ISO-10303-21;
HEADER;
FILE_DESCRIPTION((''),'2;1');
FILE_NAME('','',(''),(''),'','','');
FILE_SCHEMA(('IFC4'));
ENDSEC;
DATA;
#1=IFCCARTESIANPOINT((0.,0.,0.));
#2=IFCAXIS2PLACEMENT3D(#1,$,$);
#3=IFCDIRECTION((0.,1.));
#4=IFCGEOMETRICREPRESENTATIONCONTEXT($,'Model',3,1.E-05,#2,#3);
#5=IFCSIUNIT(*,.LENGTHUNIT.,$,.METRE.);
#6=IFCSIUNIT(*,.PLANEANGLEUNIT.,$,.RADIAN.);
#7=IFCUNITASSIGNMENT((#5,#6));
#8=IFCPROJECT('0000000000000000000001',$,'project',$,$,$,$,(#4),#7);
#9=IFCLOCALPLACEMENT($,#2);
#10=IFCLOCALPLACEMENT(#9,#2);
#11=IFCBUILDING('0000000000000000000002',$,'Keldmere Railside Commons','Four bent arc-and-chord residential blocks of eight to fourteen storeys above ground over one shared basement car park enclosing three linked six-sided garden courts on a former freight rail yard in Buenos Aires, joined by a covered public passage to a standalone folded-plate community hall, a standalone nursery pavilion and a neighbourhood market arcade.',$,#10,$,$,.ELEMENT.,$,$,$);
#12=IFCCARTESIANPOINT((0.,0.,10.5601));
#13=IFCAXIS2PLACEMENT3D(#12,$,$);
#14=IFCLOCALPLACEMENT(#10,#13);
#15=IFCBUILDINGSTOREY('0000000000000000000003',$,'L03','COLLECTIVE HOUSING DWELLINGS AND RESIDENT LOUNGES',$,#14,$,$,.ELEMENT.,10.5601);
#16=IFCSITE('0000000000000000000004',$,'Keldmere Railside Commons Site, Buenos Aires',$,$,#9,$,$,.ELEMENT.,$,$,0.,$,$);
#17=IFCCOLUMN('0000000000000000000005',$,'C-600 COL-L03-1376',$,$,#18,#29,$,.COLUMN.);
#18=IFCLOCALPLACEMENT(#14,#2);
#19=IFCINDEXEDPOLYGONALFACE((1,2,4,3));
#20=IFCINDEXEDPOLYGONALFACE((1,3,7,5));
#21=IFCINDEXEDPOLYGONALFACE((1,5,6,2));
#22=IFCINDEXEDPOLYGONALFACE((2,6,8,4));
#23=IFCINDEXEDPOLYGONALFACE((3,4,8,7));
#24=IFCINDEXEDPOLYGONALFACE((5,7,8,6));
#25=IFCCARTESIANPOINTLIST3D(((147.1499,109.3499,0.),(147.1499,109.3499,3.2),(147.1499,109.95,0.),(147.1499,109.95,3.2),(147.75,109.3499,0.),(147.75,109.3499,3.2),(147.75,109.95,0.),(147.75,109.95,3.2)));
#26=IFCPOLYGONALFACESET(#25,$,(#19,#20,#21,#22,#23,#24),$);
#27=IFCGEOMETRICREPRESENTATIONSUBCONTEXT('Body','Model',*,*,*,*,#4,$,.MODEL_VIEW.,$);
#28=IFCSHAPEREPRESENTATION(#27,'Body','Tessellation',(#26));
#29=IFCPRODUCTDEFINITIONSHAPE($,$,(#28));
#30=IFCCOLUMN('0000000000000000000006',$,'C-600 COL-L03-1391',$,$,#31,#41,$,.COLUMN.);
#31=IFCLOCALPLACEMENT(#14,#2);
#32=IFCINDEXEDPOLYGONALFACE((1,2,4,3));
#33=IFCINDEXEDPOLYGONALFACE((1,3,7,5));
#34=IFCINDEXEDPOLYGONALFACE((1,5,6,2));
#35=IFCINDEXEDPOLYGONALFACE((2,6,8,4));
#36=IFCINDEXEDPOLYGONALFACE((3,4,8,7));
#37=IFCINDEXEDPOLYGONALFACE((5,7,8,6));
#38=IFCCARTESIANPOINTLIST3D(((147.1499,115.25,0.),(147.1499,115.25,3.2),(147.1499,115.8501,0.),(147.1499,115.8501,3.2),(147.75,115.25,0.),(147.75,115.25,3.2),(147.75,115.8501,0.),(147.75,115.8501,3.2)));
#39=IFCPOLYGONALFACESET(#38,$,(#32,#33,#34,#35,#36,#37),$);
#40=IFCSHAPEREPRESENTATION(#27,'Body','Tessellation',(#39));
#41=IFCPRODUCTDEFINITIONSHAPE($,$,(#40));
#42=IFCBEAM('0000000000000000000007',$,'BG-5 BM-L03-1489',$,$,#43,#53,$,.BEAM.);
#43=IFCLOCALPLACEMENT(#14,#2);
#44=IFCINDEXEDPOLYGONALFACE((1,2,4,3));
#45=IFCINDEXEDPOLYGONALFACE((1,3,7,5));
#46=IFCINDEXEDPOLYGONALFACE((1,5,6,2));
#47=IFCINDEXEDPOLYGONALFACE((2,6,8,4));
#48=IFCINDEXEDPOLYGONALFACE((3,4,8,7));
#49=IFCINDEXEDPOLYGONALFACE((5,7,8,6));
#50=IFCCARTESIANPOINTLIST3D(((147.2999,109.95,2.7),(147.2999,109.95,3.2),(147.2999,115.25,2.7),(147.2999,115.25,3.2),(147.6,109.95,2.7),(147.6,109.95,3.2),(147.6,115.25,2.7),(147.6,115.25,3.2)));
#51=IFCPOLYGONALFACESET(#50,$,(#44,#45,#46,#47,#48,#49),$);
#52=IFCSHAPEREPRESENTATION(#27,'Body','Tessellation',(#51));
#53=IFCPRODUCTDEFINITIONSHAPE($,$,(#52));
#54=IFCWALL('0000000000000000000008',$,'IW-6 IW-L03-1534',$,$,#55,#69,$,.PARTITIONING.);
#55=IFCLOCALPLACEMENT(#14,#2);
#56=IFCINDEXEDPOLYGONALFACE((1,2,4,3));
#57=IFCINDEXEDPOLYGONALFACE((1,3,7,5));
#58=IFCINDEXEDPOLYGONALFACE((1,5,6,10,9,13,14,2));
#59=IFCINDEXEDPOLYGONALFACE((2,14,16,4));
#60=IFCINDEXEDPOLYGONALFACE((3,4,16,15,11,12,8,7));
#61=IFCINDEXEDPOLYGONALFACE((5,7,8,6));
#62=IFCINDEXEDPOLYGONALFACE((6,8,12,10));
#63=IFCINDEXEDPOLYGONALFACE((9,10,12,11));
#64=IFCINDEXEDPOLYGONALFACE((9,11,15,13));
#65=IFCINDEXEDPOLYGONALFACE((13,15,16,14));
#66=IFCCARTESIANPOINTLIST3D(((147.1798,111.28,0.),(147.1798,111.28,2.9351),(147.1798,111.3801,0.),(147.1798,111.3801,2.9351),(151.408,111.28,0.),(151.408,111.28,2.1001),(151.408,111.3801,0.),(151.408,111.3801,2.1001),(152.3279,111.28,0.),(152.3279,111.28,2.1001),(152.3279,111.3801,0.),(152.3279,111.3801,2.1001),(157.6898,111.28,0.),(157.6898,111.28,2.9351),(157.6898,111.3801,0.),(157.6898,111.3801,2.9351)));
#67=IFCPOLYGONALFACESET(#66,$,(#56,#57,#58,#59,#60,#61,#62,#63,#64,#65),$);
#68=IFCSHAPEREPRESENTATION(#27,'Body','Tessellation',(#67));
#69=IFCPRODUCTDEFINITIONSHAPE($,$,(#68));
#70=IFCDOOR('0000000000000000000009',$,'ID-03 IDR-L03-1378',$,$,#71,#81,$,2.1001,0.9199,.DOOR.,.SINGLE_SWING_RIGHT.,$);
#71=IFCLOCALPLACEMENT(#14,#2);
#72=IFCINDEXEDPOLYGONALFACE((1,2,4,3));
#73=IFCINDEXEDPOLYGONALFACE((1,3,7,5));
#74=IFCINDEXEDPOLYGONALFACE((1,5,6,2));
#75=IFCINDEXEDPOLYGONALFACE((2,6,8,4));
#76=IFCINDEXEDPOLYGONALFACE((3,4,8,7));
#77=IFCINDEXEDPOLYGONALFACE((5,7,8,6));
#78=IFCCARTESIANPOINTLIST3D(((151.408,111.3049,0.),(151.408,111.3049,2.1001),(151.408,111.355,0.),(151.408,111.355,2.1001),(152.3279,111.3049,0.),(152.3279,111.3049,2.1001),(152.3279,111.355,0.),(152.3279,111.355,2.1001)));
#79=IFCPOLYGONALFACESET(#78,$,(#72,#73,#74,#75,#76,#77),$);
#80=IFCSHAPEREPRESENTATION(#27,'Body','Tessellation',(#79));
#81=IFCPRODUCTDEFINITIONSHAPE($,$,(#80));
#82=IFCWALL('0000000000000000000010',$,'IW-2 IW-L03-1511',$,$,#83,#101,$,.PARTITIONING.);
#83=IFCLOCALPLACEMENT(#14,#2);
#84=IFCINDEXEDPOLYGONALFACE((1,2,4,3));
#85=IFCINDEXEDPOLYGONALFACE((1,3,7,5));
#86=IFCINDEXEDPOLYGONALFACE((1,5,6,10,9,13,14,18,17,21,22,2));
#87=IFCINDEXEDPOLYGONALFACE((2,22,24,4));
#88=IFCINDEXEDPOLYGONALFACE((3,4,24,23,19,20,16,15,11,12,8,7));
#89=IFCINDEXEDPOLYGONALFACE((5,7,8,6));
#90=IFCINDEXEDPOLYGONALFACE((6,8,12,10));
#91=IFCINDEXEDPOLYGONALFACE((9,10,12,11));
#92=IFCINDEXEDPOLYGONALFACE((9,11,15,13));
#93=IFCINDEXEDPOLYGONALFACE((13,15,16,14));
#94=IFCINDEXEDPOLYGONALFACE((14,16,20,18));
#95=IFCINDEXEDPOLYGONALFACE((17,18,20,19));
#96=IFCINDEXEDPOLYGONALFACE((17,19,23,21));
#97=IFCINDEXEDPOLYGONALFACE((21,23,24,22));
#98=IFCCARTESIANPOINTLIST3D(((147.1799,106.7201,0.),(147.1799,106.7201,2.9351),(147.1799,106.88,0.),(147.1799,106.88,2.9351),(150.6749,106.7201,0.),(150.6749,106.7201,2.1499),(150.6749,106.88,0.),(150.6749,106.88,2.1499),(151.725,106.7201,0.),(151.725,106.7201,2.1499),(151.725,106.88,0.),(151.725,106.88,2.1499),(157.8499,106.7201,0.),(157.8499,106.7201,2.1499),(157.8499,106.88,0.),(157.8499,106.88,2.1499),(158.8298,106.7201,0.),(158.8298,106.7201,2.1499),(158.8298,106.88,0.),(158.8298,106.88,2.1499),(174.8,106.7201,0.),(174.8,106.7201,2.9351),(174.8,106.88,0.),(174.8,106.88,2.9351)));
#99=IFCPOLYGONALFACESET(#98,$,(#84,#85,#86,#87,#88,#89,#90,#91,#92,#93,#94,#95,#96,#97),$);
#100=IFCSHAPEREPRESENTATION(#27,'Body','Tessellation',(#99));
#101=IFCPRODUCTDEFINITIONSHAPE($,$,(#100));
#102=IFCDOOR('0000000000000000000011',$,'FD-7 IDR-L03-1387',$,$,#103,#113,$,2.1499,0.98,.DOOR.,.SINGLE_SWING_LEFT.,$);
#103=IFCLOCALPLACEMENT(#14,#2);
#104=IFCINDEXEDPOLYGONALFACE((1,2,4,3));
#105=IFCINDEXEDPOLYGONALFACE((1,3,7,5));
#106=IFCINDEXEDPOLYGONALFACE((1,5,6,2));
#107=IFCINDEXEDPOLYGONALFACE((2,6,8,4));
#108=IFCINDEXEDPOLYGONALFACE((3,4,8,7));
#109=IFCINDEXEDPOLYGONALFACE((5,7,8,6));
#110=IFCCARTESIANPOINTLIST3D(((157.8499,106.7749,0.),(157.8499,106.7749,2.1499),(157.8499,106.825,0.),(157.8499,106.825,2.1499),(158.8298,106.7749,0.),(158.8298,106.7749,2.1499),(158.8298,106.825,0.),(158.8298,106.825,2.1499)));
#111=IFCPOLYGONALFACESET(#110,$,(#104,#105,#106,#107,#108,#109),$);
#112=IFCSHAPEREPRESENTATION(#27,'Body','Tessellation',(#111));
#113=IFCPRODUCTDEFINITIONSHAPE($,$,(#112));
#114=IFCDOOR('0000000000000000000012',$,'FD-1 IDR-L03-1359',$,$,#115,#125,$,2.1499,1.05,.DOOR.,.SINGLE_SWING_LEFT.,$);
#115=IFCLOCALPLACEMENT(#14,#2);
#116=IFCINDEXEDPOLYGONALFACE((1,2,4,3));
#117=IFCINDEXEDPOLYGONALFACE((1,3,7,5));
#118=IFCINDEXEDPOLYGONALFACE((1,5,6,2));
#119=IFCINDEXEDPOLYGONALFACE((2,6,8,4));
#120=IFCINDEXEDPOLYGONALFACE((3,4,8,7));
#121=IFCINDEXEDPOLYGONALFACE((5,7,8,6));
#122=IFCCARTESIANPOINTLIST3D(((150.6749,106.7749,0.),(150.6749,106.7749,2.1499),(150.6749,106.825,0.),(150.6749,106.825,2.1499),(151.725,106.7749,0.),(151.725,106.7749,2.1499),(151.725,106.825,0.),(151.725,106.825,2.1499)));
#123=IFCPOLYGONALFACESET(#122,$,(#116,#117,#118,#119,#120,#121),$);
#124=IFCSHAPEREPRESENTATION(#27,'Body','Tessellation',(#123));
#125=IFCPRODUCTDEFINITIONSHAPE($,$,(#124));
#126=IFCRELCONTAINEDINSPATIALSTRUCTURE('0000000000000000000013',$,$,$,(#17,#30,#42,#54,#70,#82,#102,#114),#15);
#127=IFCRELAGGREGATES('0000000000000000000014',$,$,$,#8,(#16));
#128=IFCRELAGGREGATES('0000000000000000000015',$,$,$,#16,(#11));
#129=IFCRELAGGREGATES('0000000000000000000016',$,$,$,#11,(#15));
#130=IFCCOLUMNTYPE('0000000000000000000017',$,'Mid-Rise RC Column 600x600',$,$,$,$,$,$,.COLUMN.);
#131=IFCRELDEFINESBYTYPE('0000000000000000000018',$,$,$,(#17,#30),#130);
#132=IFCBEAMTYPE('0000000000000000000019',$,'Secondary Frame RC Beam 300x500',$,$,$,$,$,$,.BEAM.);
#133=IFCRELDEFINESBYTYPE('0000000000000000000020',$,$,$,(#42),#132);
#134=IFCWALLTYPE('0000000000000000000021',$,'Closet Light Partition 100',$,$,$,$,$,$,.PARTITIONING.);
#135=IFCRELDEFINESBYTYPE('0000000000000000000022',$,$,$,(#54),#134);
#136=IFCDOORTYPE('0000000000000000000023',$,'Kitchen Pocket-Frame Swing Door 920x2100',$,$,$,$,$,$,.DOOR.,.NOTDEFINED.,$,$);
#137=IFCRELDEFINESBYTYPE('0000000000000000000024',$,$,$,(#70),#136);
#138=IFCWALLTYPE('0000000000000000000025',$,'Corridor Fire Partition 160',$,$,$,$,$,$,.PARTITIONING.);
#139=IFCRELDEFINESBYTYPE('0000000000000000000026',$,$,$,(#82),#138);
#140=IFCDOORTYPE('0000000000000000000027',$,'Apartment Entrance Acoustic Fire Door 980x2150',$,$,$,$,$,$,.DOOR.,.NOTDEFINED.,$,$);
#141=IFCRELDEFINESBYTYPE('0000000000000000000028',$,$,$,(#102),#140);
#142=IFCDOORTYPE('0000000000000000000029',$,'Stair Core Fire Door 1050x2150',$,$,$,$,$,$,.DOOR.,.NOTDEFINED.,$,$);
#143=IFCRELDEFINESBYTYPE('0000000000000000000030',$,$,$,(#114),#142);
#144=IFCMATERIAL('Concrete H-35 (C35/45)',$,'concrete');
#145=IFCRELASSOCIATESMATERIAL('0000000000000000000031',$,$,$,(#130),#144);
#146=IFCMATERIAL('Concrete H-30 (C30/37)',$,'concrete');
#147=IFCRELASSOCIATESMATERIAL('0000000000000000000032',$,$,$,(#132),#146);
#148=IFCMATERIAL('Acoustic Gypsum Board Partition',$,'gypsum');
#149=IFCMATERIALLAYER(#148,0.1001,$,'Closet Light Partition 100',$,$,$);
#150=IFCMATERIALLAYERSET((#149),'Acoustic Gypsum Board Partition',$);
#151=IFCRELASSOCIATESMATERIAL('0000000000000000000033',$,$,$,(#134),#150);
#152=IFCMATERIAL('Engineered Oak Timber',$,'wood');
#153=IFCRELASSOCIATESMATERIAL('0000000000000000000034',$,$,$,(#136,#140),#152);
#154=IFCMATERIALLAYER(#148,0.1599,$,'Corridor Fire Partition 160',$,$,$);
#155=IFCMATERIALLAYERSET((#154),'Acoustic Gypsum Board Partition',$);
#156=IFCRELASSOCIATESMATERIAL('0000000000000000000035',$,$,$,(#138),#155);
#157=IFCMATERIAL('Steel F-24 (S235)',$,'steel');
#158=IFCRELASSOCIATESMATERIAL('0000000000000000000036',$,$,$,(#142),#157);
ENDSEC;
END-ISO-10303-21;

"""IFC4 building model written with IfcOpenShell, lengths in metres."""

from ifc_helpers import new_model, si_unit, direction, frame, frame_2d, origin, origin_2d, place, context, subcontext, project, spatial, rectangle, extrude, material, layer, layer_set, material_profile, profile_set, type_object, element, fill, save


model = new_model("IFC4")

# Units and contexts
model_context = context("Model", 3, precision=1e-05, world=origin(), true_north=direction((0.0, 1.0)))
body_context = subcontext(model_context, "Body", "Model", "MODEL_VIEW")
ifc_project = project(units=[si_unit("LENGTHUNIT", "METRE"), si_unit("PLANEANGLEUNIT", "RADIAN")], contexts=[model_context])

# Site, building, storey
site_placement = place(None, origin())
site = spatial("IfcSite", under=ifc_project, at=site_placement, Name="Keldmere Railside Commons Site, Buenos Aires", CompositionType="ELEMENT", RefElevation=0.0)
building_placement = place(site_placement, origin())
building = spatial("IfcBuilding", under=site, at=building_placement, Name="Keldmere Railside Commons", Description="Four bent arc-and-chord residential blocks of eight to fourteen storeys above ground over one shared basement car park enclosing three linked six-sided garden courts on a former freight rail yard in Buenos Aires, joined by a covered public passage to a standalone folded-plate community hall, a standalone nursery pavilion and a neighbourhood market arcade.", CompositionType="ELEMENT")
storey_placement = place(building_placement, frame((0.0, 0.0, 10.5601)))
storey = spatial("IfcBuildingStorey", under=building, at=storey_placement, Name="L03", Description="COLLECTIVE HOUSING DWELLINGS AND RESIDENT LOUNGES", CompositionType="ELEMENT", Elevation=10.5601)

# Columns
ifc_material_1 = material(Name="Concrete H-35 (C35/45)", Category="concrete")
ifc_material_profile_1 = material_profile(ifc_material_1, rectangle(XDim=0.6001, YDim=0.6001, at=origin_2d()), Name="RC-600x600")
ifc_profile_set_1 = profile_set([ifc_material_profile_1], Name="Concrete H-35 (C35/45)")
column_type = type_object("IfcColumnType", Name="Mid-Rise RC Column 600x600", PredefinedType="COLUMN", material=ifc_profile_set_1)
for number, where, z_axis, x_axis, name in (
    (1, (147.45, 109.6499, 0.0), (0.0, 0.0, 1.0), (1.0, 0.0, 0.0), "C-600 COL-L03-1376"),
    (2, (147.45, 115.55, 0.0), (0.0, 0.0, 1.0), (1.0, 0.0, 0.0), "C-600 COL-L03-1391"),
):
    element("IfcColumn", number, at=place(storey_placement, frame(where, z_axis=z_axis, x_axis=x_axis)), inside=storey, type_object=column_type, Name=name, PredefinedType="COLUMN", context=body_context, shape_type="SweptSolid", body=[
        extrude(rectangle(XDim=0.6001, YDim=0.6001, at=origin_2d()), origin(), (0.0, 0.0, 1.0), 3.2),
    ])

# Beam
ifc_material_2 = material(Name="Concrete H-30 (C30/37)", Category="concrete")
ifc_material_profile_2 = material_profile(ifc_material_2, rectangle(XDim=0.3, YDim=0.5, at=origin_2d()), Name="RC-300x500")
ifc_profile_set_2 = profile_set([ifc_material_profile_2], Name="Concrete H-30 (C30/37)")
beam_type = type_object("IfcBeamType", Name="Secondary Frame RC Beam 300x500", PredefinedType="BEAM", material=ifc_profile_set_2)
beam_placement = place(storey_placement, frame((147.45, 109.95, 2.95), z_axis=(0.0, 1.0, 0.0), x_axis=(-1.0, 0.0, 0.0)))
element("IfcBeam", 3, at=beam_placement, inside=storey, type_object=beam_type, Name="BG-5 BM-L03-1489", PredefinedType="BEAM", context=body_context, shape_type="SweptSolid", body=[
    extrude(rectangle(XDim=0.3, YDim=0.5, at=origin_2d()), origin(), (0.0, 0.0, 1.0), 5.3),
])

# Wall, opening, door
ifc_material_3 = material(Name="Acoustic Gypsum Board Partition", Category="gypsum")
ifc_layer_1 = layer(ifc_material_3, 0.1001, Name="Closet Light Partition 100")
ifc_layer_set_1 = layer_set([ifc_layer_1], Name="Acoustic Gypsum Board Partition")
wall_type_1 = type_object("IfcWallType", Name="Closet Light Partition 100", PredefinedType="PARTITIONING", material=ifc_layer_set_1)
wall_1_placement = place(storey_placement, frame((147.1799, 111.3301, 0.0), z_axis=(0.0, 0.0, 1.0), x_axis=(1.0, 0.0, 0.0)))
wall_1 = element("IfcWall", 4, at=wall_1_placement, inside=storey, type_object=wall_type_1, Name="IW-6 IW-L03-1534", PredefinedType="PARTITIONING", context=body_context, shape_type="SweptSolid", body=[
    extrude(rectangle(XDim=10.51, YDim=0.1001, at=frame_2d((5.2549, 0.0))), origin(), (0.0, 0.0, 1.0), 2.9351),
])
opening_1_placement = place(wall_1_placement, frame((4.228, 0.0, 0.0)))
opening_1 = element("IfcOpeningElement", 5, at=opening_1_placement, cuts=wall_1, PredefinedType="OPENING", context=body_context, shape_type="SweptSolid", body=[
    extrude(rectangle(XDim=0.9199, YDim=2.1001, at=frame_2d((0.46, 1.05))), frame((0.0, 0.0601, 0.0), z_axis=(0.0, -1.0, 0.0), x_axis=(1.0, 0.0, 0.0)), (0.0, 0.0, 1.0), 0.1201),
])
ifc_material_4 = material(Name="Engineered Oak Timber", Category="wood")
door_type_1 = type_object("IfcDoorType", Name="Kitchen Pocket-Frame Swing Door 920x2100", OperationType="NOTDEFINED", PredefinedType="DOOR", material=ifc_material_4)
door_1_placement = place(opening_1_placement, origin())
door_1 = element("IfcDoor", 6, at=door_1_placement, inside=storey, type_object=door_type_1, Name="ID-03 IDR-L03-1378", OperationType="SINGLE_SWING_RIGHT", OverallHeight=2.1001, OverallWidth=0.9199, PredefinedType="DOOR", context=body_context, shape_type="SweptSolid", body=[
    extrude(rectangle(XDim=0.9199, YDim=2.1001, at=frame_2d((0.46, 1.05))), frame((0.0, 0.0249, 0.0), z_axis=(0.0, -1.0, 0.0), x_axis=(1.0, 0.0, 0.0)), (0.0, 0.0, 1.0), 0.05),
])
fill(opening_1, door_1)

# Wall, openings, doors
ifc_layer_2 = layer(ifc_material_3, 0.1599, Name="Corridor Fire Partition 160")
ifc_layer_set_2 = layer_set([ifc_layer_2], Name="Acoustic Gypsum Board Partition")
wall_type_2 = type_object("IfcWallType", Name="Corridor Fire Partition 160", PredefinedType="PARTITIONING", material=ifc_layer_set_2)
wall_2_placement = place(storey_placement, frame((147.1799, 106.8, 0.0), z_axis=(0.0, 0.0, 1.0), x_axis=(1.0, 0.0, 0.0)))
wall_2 = element("IfcWall", 7, at=wall_2_placement, inside=storey, type_object=wall_type_2, Name="IW-2 IW-L03-1511", PredefinedType="PARTITIONING", context=body_context, shape_type="SweptSolid", body=[
    extrude(rectangle(XDim=27.6201, YDim=0.1599, at=frame_2d((13.8101, 0.0))), origin(), (0.0, 0.0, 1.0), 2.9351),
])
opening_2_placement = place(wall_2_placement, frame((3.4951, 0.0, 0.0)))
opening_2 = element("IfcOpeningElement", 8, at=opening_2_placement, cuts=wall_2, PredefinedType="OPENING", context=body_context, shape_type="SweptSolid", body=[
    extrude(rectangle(XDim=1.05, YDim=2.1499, at=frame_2d((0.5249, 1.075))), frame((0.0, 0.0898, 0.0), z_axis=(0.0, -1.0, 0.0), x_axis=(1.0, 0.0, 0.0)), (0.0, 0.0, 1.0), 0.1799),
])
opening_3_placement = place(wall_2_placement, frame((10.6699, 0.0, 0.0)))
opening_3 = element("IfcOpeningElement", 9, at=opening_3_placement, cuts=wall_2, PredefinedType="OPENING", context=body_context, shape_type="SweptSolid", body=[
    extrude(rectangle(XDim=0.98, YDim=2.1499, at=frame_2d((0.49, 1.075))), frame((0.0, 0.0898, 0.0), z_axis=(0.0, -1.0, 0.0), x_axis=(1.0, 0.0, 0.0)), (0.0, 0.0, 1.0), 0.1799),
])
door_type_2 = type_object("IfcDoorType", Name="Apartment Entrance Acoustic Fire Door 980x2150", OperationType="NOTDEFINED", PredefinedType="DOOR", material=ifc_material_4)
door_2_placement = place(opening_3_placement, origin())
door_2 = element("IfcDoor", 10, at=door_2_placement, inside=storey, type_object=door_type_2, Name="FD-7 IDR-L03-1387", OperationType="SINGLE_SWING_LEFT", OverallHeight=2.1499, OverallWidth=0.98, PredefinedType="DOOR", context=body_context, shape_type="SweptSolid", body=[
    extrude(rectangle(XDim=0.98, YDim=2.1499, at=frame_2d((0.49, 1.075))), frame((0.0, 0.0249, 0.0), z_axis=(0.0, -1.0, 0.0), x_axis=(1.0, 0.0, 0.0)), (0.0, 0.0, 1.0), 0.05),
])
fill(opening_3, door_2)
ifc_material_5 = material(Name="Steel F-24 (S235)", Category="steel")
door_type_3 = type_object("IfcDoorType", Name="Stair Core Fire Door 1050x2150", OperationType="NOTDEFINED", PredefinedType="DOOR", material=ifc_material_5)
door_3_placement = place(opening_2_placement, origin())
door_3 = element("IfcDoor", 11, at=door_3_placement, inside=storey, type_object=door_type_3, Name="FD-1 IDR-L03-1359", OperationType="SINGLE_SWING_LEFT", OverallHeight=2.1499, OverallWidth=1.05, PredefinedType="DOOR", context=body_context, shape_type="SweptSolid", body=[
    extrude(rectangle(XDim=1.05, YDim=2.1499, at=frame_2d((0.5249, 1.075))), frame((0.0, 0.0249, 0.0), z_axis=(0.0, -1.0, 0.0), x_axis=(1.0, 0.0, 0.0)), (0.0, 0.0, 1.0), 0.05),
])
fill(opening_2, door_3)

save(model, "model.ifc")
